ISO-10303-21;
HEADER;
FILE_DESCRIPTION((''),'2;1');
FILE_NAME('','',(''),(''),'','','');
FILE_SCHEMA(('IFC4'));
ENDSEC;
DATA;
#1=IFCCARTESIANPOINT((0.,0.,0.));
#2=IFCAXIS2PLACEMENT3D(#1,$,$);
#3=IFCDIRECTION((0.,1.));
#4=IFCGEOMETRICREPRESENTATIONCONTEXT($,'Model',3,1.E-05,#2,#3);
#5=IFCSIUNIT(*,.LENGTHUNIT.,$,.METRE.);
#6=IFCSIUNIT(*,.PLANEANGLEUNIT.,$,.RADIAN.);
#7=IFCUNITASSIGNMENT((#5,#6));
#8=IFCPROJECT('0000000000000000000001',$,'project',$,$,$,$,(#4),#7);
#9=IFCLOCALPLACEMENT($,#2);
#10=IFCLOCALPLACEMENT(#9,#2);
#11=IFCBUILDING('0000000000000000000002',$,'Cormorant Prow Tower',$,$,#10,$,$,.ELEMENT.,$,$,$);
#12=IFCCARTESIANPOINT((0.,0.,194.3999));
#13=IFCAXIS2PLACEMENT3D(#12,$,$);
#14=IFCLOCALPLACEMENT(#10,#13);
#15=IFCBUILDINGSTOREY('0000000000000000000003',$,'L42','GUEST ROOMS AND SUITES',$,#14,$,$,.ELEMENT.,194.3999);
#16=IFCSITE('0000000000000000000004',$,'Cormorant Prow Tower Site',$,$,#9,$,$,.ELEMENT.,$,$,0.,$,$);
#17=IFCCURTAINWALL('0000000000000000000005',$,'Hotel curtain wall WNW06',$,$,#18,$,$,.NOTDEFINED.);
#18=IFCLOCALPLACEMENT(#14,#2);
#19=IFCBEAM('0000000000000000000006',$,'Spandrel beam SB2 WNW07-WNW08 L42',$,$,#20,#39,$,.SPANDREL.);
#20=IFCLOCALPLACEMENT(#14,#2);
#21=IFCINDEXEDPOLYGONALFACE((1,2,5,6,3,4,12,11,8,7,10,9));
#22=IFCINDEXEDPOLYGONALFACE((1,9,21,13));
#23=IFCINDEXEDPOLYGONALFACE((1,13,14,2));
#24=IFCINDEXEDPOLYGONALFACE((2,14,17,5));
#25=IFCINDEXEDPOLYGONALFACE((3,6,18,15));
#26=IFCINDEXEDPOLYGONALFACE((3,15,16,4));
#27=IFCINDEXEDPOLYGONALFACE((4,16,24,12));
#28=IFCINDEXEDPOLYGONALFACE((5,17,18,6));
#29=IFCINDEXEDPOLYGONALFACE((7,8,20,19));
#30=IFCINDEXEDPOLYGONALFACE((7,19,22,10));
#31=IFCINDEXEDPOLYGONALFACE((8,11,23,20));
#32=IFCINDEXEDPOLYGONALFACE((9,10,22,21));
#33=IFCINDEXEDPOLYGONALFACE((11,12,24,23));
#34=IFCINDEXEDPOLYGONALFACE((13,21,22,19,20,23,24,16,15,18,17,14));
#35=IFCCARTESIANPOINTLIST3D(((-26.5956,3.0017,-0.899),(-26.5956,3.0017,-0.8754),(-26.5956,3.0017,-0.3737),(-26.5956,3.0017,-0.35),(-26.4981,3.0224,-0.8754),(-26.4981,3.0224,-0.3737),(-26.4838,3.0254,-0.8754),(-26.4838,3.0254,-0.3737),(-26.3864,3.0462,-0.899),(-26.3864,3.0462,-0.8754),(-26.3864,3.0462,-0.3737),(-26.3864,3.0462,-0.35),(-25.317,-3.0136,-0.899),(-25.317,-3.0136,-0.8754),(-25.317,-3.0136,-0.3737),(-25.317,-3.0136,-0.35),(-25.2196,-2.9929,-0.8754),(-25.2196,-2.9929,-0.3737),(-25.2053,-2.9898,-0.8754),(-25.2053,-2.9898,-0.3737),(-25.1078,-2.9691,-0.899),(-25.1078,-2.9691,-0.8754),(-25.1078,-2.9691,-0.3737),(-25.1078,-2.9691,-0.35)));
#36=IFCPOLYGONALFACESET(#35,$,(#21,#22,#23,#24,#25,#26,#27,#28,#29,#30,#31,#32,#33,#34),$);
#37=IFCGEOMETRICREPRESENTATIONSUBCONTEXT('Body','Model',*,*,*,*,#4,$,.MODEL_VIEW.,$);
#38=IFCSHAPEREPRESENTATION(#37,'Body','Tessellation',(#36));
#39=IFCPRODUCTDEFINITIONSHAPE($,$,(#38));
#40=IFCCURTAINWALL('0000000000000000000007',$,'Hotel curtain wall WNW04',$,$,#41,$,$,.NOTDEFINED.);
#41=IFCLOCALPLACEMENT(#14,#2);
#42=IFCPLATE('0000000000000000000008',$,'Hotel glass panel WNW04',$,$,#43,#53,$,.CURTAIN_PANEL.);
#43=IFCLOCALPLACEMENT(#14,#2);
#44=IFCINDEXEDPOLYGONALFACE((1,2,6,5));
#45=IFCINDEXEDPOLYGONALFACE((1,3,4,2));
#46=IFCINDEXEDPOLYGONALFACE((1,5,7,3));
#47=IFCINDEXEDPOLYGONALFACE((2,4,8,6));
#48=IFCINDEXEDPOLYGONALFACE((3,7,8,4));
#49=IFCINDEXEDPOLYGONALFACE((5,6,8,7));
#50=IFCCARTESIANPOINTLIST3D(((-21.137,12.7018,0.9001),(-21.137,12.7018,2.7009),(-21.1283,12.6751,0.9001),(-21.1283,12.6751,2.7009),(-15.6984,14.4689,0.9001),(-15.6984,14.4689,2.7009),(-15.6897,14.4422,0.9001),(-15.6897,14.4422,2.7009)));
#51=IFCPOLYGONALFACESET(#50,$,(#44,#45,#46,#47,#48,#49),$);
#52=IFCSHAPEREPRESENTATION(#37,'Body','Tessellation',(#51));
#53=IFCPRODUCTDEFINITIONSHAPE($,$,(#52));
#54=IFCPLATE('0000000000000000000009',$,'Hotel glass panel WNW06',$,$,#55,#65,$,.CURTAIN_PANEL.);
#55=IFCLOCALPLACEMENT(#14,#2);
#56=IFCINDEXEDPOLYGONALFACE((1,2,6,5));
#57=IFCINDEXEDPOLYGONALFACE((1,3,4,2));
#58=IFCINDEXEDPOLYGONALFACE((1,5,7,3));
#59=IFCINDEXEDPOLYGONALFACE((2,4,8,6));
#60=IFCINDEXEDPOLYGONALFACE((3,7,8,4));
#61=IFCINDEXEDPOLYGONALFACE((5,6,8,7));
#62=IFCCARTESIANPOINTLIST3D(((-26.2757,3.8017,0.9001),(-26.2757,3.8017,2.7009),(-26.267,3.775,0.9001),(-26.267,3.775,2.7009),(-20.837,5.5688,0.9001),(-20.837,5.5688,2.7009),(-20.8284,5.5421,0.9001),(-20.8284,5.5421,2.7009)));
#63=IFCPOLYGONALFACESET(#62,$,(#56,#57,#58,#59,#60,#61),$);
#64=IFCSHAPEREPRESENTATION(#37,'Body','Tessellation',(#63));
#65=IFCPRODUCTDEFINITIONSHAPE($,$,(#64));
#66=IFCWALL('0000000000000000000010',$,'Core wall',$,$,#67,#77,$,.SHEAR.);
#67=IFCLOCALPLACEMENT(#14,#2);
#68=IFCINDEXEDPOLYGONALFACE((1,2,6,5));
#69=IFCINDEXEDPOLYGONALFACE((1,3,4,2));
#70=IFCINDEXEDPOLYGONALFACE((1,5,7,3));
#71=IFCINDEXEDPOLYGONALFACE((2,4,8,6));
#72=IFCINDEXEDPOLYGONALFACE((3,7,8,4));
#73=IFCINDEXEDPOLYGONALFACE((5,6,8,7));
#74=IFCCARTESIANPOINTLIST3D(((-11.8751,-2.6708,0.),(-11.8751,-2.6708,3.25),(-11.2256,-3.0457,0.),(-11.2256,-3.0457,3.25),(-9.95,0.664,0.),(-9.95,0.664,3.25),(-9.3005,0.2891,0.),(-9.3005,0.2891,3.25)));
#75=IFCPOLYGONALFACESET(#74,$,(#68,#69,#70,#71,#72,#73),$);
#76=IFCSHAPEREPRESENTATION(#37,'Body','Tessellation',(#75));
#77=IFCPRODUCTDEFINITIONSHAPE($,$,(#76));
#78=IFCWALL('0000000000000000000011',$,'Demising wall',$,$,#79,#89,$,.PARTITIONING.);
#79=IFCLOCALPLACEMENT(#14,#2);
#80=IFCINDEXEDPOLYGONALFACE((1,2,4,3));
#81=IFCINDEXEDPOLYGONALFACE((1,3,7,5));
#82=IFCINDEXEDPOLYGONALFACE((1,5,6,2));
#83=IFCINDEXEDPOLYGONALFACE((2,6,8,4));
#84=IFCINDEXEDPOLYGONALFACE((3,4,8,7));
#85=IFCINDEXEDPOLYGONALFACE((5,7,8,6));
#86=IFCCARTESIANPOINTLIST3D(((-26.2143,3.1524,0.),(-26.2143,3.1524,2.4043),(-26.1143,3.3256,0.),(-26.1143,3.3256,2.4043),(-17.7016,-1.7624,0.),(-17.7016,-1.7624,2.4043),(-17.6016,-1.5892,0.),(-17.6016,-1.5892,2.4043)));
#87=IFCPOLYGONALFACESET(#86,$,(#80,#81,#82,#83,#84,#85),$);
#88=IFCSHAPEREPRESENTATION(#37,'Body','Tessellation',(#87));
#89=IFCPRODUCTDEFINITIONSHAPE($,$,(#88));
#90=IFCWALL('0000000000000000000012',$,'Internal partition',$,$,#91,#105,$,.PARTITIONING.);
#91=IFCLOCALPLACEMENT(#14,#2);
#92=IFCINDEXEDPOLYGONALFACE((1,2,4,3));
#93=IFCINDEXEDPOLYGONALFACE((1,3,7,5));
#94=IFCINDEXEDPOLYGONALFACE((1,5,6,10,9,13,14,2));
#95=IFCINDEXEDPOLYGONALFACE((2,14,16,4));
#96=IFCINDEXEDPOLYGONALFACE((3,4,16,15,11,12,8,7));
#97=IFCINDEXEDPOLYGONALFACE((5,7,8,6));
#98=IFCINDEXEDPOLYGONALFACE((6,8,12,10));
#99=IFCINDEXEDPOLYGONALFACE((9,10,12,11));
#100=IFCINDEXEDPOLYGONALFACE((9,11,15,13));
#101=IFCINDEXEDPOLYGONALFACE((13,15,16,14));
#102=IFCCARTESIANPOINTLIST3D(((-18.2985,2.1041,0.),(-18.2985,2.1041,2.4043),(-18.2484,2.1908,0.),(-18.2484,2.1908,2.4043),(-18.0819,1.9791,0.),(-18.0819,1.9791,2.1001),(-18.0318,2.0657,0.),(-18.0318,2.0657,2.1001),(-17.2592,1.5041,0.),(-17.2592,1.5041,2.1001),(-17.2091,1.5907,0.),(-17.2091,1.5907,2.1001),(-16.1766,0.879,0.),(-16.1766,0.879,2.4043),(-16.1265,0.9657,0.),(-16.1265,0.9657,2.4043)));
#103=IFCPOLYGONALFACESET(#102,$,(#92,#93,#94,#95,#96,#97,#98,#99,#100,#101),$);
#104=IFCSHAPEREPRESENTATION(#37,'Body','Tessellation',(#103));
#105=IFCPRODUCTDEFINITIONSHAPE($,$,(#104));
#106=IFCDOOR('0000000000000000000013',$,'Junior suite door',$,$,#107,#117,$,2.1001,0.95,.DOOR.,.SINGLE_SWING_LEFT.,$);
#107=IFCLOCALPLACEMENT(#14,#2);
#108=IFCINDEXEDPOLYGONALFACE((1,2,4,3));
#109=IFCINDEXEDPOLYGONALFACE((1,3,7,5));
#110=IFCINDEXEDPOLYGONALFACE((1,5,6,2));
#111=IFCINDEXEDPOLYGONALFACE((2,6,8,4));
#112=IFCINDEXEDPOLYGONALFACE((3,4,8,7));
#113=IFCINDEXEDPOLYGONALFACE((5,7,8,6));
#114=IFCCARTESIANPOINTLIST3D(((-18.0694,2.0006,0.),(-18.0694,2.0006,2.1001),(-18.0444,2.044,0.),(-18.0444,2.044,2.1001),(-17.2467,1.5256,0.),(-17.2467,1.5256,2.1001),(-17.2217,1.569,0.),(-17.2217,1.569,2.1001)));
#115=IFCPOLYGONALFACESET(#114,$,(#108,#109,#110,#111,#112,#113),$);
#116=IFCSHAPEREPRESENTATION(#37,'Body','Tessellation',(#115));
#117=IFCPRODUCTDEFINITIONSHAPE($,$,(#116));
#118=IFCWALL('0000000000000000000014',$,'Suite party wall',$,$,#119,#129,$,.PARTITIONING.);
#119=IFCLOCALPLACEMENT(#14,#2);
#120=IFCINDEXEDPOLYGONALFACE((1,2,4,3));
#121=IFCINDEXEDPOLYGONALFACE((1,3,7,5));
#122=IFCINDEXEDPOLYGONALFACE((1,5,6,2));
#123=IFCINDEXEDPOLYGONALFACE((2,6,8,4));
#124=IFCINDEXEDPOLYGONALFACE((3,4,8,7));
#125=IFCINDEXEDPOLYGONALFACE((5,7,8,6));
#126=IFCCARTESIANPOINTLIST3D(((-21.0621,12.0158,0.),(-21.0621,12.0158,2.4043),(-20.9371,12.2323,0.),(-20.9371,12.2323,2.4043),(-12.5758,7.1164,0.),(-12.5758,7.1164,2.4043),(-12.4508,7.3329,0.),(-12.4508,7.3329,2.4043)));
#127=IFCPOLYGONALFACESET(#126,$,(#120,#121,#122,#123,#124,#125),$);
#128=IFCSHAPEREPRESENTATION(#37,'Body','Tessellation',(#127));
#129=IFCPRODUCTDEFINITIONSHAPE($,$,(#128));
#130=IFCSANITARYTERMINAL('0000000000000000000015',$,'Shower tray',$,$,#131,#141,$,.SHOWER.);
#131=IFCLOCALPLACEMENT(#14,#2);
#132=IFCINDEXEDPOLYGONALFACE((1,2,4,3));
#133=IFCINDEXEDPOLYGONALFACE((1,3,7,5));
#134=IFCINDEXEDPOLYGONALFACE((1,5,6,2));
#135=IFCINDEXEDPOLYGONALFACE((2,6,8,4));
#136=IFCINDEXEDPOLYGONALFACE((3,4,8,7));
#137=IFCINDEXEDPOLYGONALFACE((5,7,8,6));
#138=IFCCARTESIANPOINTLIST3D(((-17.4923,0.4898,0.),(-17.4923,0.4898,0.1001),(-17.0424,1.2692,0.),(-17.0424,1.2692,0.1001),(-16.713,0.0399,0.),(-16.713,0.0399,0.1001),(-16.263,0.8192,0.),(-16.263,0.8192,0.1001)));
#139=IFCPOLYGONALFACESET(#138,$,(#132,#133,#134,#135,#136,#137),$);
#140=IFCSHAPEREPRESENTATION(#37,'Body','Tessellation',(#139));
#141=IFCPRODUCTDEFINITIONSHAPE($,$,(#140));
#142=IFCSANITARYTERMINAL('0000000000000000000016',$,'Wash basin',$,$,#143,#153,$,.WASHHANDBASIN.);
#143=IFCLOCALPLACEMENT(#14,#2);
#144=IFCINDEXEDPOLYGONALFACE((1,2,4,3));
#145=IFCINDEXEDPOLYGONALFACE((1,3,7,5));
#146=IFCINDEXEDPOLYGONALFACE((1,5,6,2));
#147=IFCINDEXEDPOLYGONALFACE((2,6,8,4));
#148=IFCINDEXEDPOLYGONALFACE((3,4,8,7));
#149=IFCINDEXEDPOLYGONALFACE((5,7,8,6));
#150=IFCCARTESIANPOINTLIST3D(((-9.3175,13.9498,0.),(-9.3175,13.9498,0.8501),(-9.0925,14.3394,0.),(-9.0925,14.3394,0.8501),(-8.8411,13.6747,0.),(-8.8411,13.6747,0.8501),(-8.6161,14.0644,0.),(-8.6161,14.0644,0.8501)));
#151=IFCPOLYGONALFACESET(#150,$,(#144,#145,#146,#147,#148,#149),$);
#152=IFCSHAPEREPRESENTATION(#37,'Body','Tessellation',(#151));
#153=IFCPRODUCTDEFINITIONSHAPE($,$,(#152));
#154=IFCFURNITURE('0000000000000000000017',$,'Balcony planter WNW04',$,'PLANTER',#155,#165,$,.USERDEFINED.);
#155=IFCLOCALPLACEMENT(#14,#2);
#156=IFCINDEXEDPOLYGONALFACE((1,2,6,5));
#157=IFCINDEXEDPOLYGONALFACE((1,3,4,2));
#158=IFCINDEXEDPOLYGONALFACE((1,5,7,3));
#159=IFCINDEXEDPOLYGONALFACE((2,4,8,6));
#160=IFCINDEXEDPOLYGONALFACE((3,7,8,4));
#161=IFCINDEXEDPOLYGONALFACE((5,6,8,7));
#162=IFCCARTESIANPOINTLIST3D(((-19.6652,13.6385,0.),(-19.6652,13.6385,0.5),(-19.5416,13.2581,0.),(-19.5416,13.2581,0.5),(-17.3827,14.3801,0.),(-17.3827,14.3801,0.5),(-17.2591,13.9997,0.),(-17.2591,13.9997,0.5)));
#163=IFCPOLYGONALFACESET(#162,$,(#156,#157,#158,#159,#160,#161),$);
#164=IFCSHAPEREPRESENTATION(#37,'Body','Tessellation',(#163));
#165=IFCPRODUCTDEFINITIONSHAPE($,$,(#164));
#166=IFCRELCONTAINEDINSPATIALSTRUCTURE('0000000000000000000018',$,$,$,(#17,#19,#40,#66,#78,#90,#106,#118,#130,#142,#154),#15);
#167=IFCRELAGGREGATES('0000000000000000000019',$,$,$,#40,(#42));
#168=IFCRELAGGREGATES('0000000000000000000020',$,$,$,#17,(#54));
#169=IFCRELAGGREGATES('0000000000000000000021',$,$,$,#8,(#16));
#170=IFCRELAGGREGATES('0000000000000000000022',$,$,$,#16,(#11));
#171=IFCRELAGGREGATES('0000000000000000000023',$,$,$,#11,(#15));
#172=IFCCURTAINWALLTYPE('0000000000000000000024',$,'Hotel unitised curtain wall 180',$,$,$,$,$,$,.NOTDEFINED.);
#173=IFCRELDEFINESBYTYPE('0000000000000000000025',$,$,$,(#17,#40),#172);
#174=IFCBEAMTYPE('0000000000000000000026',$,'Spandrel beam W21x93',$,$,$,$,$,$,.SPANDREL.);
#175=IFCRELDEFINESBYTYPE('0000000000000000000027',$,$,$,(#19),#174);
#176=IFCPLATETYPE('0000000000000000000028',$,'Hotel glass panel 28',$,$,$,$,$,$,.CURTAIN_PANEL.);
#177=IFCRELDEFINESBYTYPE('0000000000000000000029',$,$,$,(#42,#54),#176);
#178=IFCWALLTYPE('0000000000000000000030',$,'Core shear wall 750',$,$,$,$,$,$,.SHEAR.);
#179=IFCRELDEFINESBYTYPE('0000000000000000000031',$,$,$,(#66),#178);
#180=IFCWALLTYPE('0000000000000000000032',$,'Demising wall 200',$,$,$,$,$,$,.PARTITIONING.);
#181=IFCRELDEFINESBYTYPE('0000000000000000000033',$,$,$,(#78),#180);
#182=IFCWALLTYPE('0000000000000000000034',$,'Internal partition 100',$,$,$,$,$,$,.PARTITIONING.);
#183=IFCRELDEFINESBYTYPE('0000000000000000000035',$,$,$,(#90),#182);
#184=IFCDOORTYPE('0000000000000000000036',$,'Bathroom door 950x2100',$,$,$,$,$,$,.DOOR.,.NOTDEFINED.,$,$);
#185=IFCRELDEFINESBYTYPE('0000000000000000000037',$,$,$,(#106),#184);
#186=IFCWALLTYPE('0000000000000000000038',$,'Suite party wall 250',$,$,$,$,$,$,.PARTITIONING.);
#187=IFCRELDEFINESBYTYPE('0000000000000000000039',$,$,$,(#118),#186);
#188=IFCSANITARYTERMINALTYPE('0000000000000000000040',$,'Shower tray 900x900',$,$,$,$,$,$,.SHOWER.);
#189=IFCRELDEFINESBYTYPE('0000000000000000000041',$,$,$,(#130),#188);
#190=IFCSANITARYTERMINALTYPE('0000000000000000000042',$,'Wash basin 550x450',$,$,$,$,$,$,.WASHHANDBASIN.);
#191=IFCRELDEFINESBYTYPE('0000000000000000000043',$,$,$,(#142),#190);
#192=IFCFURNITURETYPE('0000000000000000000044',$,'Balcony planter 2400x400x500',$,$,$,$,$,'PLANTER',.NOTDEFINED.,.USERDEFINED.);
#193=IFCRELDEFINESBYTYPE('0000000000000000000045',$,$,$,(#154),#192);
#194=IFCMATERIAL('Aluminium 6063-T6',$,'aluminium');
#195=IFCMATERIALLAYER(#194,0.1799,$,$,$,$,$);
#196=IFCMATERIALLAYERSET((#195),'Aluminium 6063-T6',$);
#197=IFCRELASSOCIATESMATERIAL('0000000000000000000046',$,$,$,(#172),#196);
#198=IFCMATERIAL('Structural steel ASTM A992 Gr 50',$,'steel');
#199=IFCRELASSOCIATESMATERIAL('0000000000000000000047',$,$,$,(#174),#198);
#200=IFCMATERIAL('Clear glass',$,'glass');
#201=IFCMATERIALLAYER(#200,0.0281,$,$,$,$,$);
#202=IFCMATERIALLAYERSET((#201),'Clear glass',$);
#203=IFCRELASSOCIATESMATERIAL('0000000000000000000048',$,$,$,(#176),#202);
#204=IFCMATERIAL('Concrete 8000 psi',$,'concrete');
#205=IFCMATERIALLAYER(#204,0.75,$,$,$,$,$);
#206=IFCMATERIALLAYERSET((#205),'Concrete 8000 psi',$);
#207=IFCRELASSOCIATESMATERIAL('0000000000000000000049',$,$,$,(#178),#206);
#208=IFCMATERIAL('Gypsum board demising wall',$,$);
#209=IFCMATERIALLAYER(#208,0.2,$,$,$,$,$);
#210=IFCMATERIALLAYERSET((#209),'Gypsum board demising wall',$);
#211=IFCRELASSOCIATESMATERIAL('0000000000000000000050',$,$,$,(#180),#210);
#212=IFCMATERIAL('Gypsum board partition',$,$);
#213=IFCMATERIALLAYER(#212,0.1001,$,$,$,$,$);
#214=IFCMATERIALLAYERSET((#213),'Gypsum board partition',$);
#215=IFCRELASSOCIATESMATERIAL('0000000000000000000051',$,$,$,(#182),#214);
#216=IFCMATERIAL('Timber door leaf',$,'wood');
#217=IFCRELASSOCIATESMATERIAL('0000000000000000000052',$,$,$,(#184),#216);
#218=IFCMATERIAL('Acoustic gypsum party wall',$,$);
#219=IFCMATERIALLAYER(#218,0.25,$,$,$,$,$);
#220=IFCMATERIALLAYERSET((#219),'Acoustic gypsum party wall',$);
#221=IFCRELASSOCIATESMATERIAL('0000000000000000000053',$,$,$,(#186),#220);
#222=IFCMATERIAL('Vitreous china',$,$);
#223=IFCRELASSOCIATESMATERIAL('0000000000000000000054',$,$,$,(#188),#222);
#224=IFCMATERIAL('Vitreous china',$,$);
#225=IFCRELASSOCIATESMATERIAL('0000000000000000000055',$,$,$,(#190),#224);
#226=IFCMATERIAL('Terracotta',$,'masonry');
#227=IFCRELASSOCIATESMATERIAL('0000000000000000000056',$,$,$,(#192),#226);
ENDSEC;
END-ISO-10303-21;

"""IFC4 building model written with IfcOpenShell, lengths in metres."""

from ifc_helpers import new_model, si_unit, direction, frame, frame_2d, origin, origin_2d, place, context, subcontext, project, spatial, rectangle, i_section, extrude, material, layer, layer_set, material_profile, profile_set, type_object, element, fill, aggregate, save


model = new_model("IFC4")

# Units and contexts
model_context = context("Model", 3, precision=1e-05, world=origin(), true_north=direction((0.0, 1.0)))
body_context = subcontext(model_context, "Body", "Model", "MODEL_VIEW")
ifc_project = project(units=[si_unit("LENGTHUNIT", "METRE"), si_unit("PLANEANGLEUNIT", "RADIAN")], contexts=[model_context])

# Site, building, storey
site_placement = place(None, origin())
site = spatial("IfcSite", under=ifc_project, at=site_placement, Name="Cormorant Prow Tower Site", CompositionType="ELEMENT", RefElevation=0.0)
building_placement = place(site_placement, origin())
building = spatial("IfcBuilding", under=site, at=building_placement, Name="Cormorant Prow Tower", CompositionType="ELEMENT")
storey_placement = place(building_placement, frame((0.0, 0.0, 194.3999)))
storey = spatial("IfcBuildingStorey", under=building, at=storey_placement, Name="L42", Description="GUEST ROOMS AND SUITES", CompositionType="ELEMENT", Elevation=194.3999)

# Curtain wall
ifc_material_1 = material(Name="Aluminium 6063-T6", Category="aluminium")
ifc_layer_1 = layer(ifc_material_1, 0.1799)
ifc_layer_set_1 = layer_set([ifc_layer_1], Name="Aluminium 6063-T6")
curtain_wall_type = type_object("IfcCurtainWallType", Name="Hotel unitised curtain wall 180", PredefinedType="NOTDEFINED", material=ifc_layer_set_1)
curtain_wall_1_placement = place(storey_placement, origin())
curtain_wall_1 = element("IfcCurtainWall", 1, at=curtain_wall_1_placement, inside=storey, type_object=curtain_wall_type, Name="Hotel curtain wall WNW06", PredefinedType="NOTDEFINED")

# Beam
ifc_material_2 = material(Name="Structural steel ASTM A992 Gr 50", Category="steel")
ifc_material_profile_1 = material_profile(ifc_material_2, i_section(OverallWidth=0.2139, OverallDepth=0.5491, WebThickness=0.0146, FlangeThickness=0.0237, at=origin_2d()), Name="W21x93")
ifc_profile_set_1 = profile_set([ifc_material_profile_1], Name="Structural steel ASTM A992 Gr 50")
beam_type_1 = type_object("IfcBeamType", Name="Spandrel beam W21x93", PredefinedType="SPANDREL", material=ifc_profile_set_1)
beam_1_placement = place(storey_placement, frame((-26.491, 3.0239, -0.6245), z_axis=(0.207905, -0.978149, 0.0), x_axis=(0.978149, 0.207905, 0.0)))
element("IfcBeam", 2, at=beam_1_placement, inside=storey, type_object=beam_type_1, Name="Spandrel beam SB2 WNW07-WNW08 L42", PredefinedType="SPANDREL", context=body_context, shape_type="SweptSolid", body=[
    extrude(i_section(OverallWidth=0.2139, OverallDepth=0.5491, WebThickness=0.0146, FlangeThickness=0.0237, at=origin_2d()), origin(), (0.0, 0.0, 1.0), 6.1497),
])

# Curtain wall, plate
curtain_wall_2_placement = place(storey_placement, origin())
curtain_wall_2 = element("IfcCurtainWall", 3, at=curtain_wall_2_placement, inside=storey, type_object=curtain_wall_type, Name="Hotel curtain wall WNW04", PredefinedType="NOTDEFINED")
ifc_material_3 = material(Name="Clear glass", Category="glass")
ifc_layer_2 = layer(ifc_material_3, 0.0281)
ifc_layer_set_2 = layer_set([ifc_layer_2], Name="Clear glass")
plate_type = type_object("IfcPlateType", Name="Hotel glass panel 28", PredefinedType="CURTAIN_PANEL", material=ifc_layer_set_2)
plate_1_placement = place(storey_placement, frame((-18.4133, 13.572, 0.9001), z_axis=(0.0, 0.0, 1.0), x_axis=(-0.951057, -0.309017, 0.0)))
plate_1 = element("IfcPlate", 4, at=plate_1_placement, type_object=plate_type, Name="Hotel glass panel WNW04", PredefinedType="CURTAIN_PANEL", context=body_context, shape_type="SweptSolid", body=[
    extrude(rectangle(XDim=5.7185, YDim=0.0281, at=origin_2d()), origin(), (0.0, 0.0, 1.0), 1.8008),
])
aggregate(curtain_wall_2, [plate_1])

# Plate
plate_2_placement = place(storey_placement, frame((-23.552, 4.6719, 0.9001), z_axis=(0.0, 0.0, 1.0), x_axis=(-0.951057, -0.309017, 0.0)))
plate_2 = element("IfcPlate", 5, at=plate_2_placement, type_object=plate_type, Name="Hotel glass panel WNW06", PredefinedType="CURTAIN_PANEL", context=body_context, shape_type="SweptSolid", body=[
    extrude(rectangle(XDim=5.7185, YDim=0.0281, at=origin_2d()), origin(), (0.0, 0.0, 1.0), 1.8008),
])
aggregate(curtain_wall_1, [plate_2])

# Walls
ifc_material_4 = material(Name="Concrete 8000 psi", Category="concrete")
ifc_layer_3 = layer(ifc_material_4, 0.75)
ifc_layer_set_3 = layer_set([ifc_layer_3], Name="Concrete 8000 psi")
wall_type_1 = type_object("IfcWallType", Name="Core shear wall 750", PredefinedType="SHEAR", material=ifc_layer_set_3)
wall_1_placement = place(storey_placement, frame((-9.6252, 0.4766, 0.0), z_axis=(0.0, 0.0, 1.0), x_axis=(-0.499951, -0.866054, 0.0)))
element("IfcWall", 6, at=wall_1_placement, inside=storey, type_object=wall_type_1, Name="Core wall", PredefinedType="SHEAR", context=body_context, shape_type="SweptSolid", body=[
    extrude(rectangle(XDim=3.8506, YDim=0.75, at=frame_2d((1.9253, 0.0))), origin(), (0.0, 0.0, 1.0), 3.25),
])
ifc_material_5 = material(Name="Gypsum board demising wall")
ifc_layer_4 = layer(ifc_material_5, 0.2)
ifc_layer_set_4 = layer_set([ifc_layer_4], Name="Gypsum board demising wall")
wall_type_2 = type_object("IfcWallType", Name="Demising wall 200", PredefinedType="PARTITIONING", material=ifc_layer_set_4)
wall_2_placement = place(storey_placement, frame((-26.1643, 3.239, 0.0), z_axis=(0.0, 0.0, 1.0), x_axis=(0.866026, -0.499999, 0.0)))
element("IfcWall", 7, at=wall_2_placement, inside=storey, type_object=wall_type_2, Name="Demising wall", PredefinedType="PARTITIONING", context=body_context, shape_type="SweptSolid", body=[
    extrude(rectangle(XDim=9.8296, YDim=0.2, at=frame_2d((4.9148, 0.0))), origin(), (0.0, 0.0, 1.0), 2.4043),
])

# Wall, opening, door
ifc_material_6 = material(Name="Gypsum board partition")
ifc_layer_5 = layer(ifc_material_6, 0.1001)
ifc_layer_set_5 = layer_set([ifc_layer_5], Name="Gypsum board partition")
wall_type_3 = type_object("IfcWallType", Name="Internal partition 100", PredefinedType="PARTITIONING", material=ifc_layer_set_5)
wall_3_placement = place(storey_placement, frame((-18.2734, 2.1475, 0.0), z_axis=(0.0, 0.0, 1.0), x_axis=(0.866015, -0.500019, 0.0)))
wall_3 = element("IfcWall", 8, at=wall_3_placement, inside=storey, type_object=wall_type_3, Name="Internal partition", PredefinedType="PARTITIONING", context=body_context, shape_type="SweptSolid", body=[
    extrude(rectangle(XDim=2.4502, YDim=0.1001, at=frame_2d((1.2251, 0.0))), origin(), (0.0, 0.0, 1.0), 2.4043),
])
opening_1_placement = place(wall_3_placement, frame((0.25, 0.0, 0.0)))
opening_1 = element("IfcOpeningElement", 9, at=opening_1_placement, cuts=wall_3, PredefinedType="OPENING", context=body_context, shape_type="SweptSolid", body=[
    extrude(rectangle(XDim=0.95, YDim=2.1001, at=frame_2d((0.4751, 1.05))), frame((0.0, 0.0601, 0.0), z_axis=(0.0, -1.0, 0.0), x_axis=(1.0, 0.0, 0.0)), (0.0, 0.0, 1.0), 0.1201),
])
ifc_material_7 = material(Name="Timber door leaf", Category="wood")
door_type_1 = type_object("IfcDoorType", Name="Bathroom door 950x2100", OperationType="NOTDEFINED", PredefinedType="DOOR", material=ifc_material_7)
door_1_placement = place(opening_1_placement, origin())
door_1 = element("IfcDoor", 10, at=door_1_placement, inside=storey, type_object=door_type_1, Name="Junior suite door", OperationType="SINGLE_SWING_LEFT", OverallHeight=2.1001, OverallWidth=0.95, PredefinedType="DOOR", context=body_context, shape_type="SweptSolid", body=[
    extrude(rectangle(XDim=0.95, YDim=2.1001, at=frame_2d((0.4751, 1.05))), frame((0.0, 0.0249, 0.0), z_axis=(0.0, -1.0, 0.0), x_axis=(1.0, 0.0, 0.0)), (0.0, 0.0, 1.0), 0.05),
])
fill(opening_1, door_1)

# Wall
ifc_material_8 = material(Name="Acoustic gypsum party wall")
ifc_layer_6 = layer(ifc_material_8, 0.25)
ifc_layer_set_6 = layer_set([ifc_layer_6], Name="Acoustic gypsum party wall")
wall_type_4 = type_object("IfcWallType", Name="Suite party wall 250", PredefinedType="PARTITIONING", material=ifc_layer_set_6)
wall_4_placement = place(storey_placement, frame((-20.9995, 12.124, 0.0), z_axis=(0.0, 0.0, 1.0), x_axis=(0.866033, -0.499987, 0.0)))
element("IfcWall", 11, at=wall_4_placement, inside=storey, type_object=wall_type_4, Name="Suite party wall", PredefinedType="PARTITIONING", context=body_context, shape_type="SweptSolid", body=[
    extrude(rectangle(XDim=9.7991, YDim=0.25, at=frame_2d((4.8994, 0.0))), origin(), (0.0, 0.0, 1.0), 2.4043),
])

# Sanitary terminals
ifc_material_9 = material(Name="Vitreous china")
sanitary_terminal_type_1 = type_object("IfcSanitaryTerminalType", Name="Shower tray 900x900", PredefinedType="SHOWER", material=ifc_material_9)
sanitary_terminal_1_placement = place(storey_placement, frame((-16.8777, 0.6545, 0.0), z_axis=(0.0, 0.0, 1.0), x_axis=(-0.5, -0.866025, 0.0)))
element("IfcSanitaryTerminal", 12, at=sanitary_terminal_1_placement, inside=storey, type_object=sanitary_terminal_type_1, Name="Shower tray", PredefinedType="SHOWER", context=body_context, shape_type="SweptSolid", body=[
    extrude(rectangle(XDim=0.8999, YDim=0.8999, at=origin_2d()), origin(), (0.0, 0.0, 1.0), 0.1001),
])
ifc_material_10 = material(Name="Vitreous china")
sanitary_terminal_type_2 = type_object("IfcSanitaryTerminalType", Name="Wash basin 550x450", PredefinedType="WASHHANDBASIN", material=ifc_material_10)
sanitary_terminal_2_placement = place(storey_placement, frame((-8.9668, 14.0071, 0.0), z_axis=(0.0, 0.0, 1.0), x_axis=(-0.866025, 0.5, 0.0)))
element("IfcSanitaryTerminal", 13, at=sanitary_terminal_2_placement, inside=storey, type_object=sanitary_terminal_type_2, Name="Wash basin", PredefinedType="WASHHANDBASIN", context=body_context, shape_type="SweptSolid", body=[
    extrude(rectangle(XDim=0.55, YDim=0.45, at=origin_2d()), origin(), (0.0, 0.0, 1.0), 0.8501),
])

# Furniture
ifc_material_11 = material(Name="Terracotta", Category="masonry")
furniture_type = type_object("IfcFurnitureType", Name="Balcony planter 2400x400x500", ElementType="PLANTER", AssemblyPlace="NOTDEFINED", PredefinedType="USERDEFINED", material=ifc_material_11)
furniture_placement = place(storey_placement, frame((-18.4622, 13.8191, 0.0), z_axis=(0.0, 0.0, 1.0), x_axis=(-0.951057, -0.309017, 0.0)))
element("IfcFurniture", 14, at=furniture_placement, inside=storey, type_object=furniture_type, Name="Balcony planter WNW04", ObjectType="PLANTER", PredefinedType="USERDEFINED", context=body_context, shape_type="SweptSolid", body=[
    extrude(rectangle(XDim=2.3999, YDim=0.3999, at=origin_2d()), origin(), (0.0, 0.0, 1.0), 0.5),
])

save(model, "model.ifc")
